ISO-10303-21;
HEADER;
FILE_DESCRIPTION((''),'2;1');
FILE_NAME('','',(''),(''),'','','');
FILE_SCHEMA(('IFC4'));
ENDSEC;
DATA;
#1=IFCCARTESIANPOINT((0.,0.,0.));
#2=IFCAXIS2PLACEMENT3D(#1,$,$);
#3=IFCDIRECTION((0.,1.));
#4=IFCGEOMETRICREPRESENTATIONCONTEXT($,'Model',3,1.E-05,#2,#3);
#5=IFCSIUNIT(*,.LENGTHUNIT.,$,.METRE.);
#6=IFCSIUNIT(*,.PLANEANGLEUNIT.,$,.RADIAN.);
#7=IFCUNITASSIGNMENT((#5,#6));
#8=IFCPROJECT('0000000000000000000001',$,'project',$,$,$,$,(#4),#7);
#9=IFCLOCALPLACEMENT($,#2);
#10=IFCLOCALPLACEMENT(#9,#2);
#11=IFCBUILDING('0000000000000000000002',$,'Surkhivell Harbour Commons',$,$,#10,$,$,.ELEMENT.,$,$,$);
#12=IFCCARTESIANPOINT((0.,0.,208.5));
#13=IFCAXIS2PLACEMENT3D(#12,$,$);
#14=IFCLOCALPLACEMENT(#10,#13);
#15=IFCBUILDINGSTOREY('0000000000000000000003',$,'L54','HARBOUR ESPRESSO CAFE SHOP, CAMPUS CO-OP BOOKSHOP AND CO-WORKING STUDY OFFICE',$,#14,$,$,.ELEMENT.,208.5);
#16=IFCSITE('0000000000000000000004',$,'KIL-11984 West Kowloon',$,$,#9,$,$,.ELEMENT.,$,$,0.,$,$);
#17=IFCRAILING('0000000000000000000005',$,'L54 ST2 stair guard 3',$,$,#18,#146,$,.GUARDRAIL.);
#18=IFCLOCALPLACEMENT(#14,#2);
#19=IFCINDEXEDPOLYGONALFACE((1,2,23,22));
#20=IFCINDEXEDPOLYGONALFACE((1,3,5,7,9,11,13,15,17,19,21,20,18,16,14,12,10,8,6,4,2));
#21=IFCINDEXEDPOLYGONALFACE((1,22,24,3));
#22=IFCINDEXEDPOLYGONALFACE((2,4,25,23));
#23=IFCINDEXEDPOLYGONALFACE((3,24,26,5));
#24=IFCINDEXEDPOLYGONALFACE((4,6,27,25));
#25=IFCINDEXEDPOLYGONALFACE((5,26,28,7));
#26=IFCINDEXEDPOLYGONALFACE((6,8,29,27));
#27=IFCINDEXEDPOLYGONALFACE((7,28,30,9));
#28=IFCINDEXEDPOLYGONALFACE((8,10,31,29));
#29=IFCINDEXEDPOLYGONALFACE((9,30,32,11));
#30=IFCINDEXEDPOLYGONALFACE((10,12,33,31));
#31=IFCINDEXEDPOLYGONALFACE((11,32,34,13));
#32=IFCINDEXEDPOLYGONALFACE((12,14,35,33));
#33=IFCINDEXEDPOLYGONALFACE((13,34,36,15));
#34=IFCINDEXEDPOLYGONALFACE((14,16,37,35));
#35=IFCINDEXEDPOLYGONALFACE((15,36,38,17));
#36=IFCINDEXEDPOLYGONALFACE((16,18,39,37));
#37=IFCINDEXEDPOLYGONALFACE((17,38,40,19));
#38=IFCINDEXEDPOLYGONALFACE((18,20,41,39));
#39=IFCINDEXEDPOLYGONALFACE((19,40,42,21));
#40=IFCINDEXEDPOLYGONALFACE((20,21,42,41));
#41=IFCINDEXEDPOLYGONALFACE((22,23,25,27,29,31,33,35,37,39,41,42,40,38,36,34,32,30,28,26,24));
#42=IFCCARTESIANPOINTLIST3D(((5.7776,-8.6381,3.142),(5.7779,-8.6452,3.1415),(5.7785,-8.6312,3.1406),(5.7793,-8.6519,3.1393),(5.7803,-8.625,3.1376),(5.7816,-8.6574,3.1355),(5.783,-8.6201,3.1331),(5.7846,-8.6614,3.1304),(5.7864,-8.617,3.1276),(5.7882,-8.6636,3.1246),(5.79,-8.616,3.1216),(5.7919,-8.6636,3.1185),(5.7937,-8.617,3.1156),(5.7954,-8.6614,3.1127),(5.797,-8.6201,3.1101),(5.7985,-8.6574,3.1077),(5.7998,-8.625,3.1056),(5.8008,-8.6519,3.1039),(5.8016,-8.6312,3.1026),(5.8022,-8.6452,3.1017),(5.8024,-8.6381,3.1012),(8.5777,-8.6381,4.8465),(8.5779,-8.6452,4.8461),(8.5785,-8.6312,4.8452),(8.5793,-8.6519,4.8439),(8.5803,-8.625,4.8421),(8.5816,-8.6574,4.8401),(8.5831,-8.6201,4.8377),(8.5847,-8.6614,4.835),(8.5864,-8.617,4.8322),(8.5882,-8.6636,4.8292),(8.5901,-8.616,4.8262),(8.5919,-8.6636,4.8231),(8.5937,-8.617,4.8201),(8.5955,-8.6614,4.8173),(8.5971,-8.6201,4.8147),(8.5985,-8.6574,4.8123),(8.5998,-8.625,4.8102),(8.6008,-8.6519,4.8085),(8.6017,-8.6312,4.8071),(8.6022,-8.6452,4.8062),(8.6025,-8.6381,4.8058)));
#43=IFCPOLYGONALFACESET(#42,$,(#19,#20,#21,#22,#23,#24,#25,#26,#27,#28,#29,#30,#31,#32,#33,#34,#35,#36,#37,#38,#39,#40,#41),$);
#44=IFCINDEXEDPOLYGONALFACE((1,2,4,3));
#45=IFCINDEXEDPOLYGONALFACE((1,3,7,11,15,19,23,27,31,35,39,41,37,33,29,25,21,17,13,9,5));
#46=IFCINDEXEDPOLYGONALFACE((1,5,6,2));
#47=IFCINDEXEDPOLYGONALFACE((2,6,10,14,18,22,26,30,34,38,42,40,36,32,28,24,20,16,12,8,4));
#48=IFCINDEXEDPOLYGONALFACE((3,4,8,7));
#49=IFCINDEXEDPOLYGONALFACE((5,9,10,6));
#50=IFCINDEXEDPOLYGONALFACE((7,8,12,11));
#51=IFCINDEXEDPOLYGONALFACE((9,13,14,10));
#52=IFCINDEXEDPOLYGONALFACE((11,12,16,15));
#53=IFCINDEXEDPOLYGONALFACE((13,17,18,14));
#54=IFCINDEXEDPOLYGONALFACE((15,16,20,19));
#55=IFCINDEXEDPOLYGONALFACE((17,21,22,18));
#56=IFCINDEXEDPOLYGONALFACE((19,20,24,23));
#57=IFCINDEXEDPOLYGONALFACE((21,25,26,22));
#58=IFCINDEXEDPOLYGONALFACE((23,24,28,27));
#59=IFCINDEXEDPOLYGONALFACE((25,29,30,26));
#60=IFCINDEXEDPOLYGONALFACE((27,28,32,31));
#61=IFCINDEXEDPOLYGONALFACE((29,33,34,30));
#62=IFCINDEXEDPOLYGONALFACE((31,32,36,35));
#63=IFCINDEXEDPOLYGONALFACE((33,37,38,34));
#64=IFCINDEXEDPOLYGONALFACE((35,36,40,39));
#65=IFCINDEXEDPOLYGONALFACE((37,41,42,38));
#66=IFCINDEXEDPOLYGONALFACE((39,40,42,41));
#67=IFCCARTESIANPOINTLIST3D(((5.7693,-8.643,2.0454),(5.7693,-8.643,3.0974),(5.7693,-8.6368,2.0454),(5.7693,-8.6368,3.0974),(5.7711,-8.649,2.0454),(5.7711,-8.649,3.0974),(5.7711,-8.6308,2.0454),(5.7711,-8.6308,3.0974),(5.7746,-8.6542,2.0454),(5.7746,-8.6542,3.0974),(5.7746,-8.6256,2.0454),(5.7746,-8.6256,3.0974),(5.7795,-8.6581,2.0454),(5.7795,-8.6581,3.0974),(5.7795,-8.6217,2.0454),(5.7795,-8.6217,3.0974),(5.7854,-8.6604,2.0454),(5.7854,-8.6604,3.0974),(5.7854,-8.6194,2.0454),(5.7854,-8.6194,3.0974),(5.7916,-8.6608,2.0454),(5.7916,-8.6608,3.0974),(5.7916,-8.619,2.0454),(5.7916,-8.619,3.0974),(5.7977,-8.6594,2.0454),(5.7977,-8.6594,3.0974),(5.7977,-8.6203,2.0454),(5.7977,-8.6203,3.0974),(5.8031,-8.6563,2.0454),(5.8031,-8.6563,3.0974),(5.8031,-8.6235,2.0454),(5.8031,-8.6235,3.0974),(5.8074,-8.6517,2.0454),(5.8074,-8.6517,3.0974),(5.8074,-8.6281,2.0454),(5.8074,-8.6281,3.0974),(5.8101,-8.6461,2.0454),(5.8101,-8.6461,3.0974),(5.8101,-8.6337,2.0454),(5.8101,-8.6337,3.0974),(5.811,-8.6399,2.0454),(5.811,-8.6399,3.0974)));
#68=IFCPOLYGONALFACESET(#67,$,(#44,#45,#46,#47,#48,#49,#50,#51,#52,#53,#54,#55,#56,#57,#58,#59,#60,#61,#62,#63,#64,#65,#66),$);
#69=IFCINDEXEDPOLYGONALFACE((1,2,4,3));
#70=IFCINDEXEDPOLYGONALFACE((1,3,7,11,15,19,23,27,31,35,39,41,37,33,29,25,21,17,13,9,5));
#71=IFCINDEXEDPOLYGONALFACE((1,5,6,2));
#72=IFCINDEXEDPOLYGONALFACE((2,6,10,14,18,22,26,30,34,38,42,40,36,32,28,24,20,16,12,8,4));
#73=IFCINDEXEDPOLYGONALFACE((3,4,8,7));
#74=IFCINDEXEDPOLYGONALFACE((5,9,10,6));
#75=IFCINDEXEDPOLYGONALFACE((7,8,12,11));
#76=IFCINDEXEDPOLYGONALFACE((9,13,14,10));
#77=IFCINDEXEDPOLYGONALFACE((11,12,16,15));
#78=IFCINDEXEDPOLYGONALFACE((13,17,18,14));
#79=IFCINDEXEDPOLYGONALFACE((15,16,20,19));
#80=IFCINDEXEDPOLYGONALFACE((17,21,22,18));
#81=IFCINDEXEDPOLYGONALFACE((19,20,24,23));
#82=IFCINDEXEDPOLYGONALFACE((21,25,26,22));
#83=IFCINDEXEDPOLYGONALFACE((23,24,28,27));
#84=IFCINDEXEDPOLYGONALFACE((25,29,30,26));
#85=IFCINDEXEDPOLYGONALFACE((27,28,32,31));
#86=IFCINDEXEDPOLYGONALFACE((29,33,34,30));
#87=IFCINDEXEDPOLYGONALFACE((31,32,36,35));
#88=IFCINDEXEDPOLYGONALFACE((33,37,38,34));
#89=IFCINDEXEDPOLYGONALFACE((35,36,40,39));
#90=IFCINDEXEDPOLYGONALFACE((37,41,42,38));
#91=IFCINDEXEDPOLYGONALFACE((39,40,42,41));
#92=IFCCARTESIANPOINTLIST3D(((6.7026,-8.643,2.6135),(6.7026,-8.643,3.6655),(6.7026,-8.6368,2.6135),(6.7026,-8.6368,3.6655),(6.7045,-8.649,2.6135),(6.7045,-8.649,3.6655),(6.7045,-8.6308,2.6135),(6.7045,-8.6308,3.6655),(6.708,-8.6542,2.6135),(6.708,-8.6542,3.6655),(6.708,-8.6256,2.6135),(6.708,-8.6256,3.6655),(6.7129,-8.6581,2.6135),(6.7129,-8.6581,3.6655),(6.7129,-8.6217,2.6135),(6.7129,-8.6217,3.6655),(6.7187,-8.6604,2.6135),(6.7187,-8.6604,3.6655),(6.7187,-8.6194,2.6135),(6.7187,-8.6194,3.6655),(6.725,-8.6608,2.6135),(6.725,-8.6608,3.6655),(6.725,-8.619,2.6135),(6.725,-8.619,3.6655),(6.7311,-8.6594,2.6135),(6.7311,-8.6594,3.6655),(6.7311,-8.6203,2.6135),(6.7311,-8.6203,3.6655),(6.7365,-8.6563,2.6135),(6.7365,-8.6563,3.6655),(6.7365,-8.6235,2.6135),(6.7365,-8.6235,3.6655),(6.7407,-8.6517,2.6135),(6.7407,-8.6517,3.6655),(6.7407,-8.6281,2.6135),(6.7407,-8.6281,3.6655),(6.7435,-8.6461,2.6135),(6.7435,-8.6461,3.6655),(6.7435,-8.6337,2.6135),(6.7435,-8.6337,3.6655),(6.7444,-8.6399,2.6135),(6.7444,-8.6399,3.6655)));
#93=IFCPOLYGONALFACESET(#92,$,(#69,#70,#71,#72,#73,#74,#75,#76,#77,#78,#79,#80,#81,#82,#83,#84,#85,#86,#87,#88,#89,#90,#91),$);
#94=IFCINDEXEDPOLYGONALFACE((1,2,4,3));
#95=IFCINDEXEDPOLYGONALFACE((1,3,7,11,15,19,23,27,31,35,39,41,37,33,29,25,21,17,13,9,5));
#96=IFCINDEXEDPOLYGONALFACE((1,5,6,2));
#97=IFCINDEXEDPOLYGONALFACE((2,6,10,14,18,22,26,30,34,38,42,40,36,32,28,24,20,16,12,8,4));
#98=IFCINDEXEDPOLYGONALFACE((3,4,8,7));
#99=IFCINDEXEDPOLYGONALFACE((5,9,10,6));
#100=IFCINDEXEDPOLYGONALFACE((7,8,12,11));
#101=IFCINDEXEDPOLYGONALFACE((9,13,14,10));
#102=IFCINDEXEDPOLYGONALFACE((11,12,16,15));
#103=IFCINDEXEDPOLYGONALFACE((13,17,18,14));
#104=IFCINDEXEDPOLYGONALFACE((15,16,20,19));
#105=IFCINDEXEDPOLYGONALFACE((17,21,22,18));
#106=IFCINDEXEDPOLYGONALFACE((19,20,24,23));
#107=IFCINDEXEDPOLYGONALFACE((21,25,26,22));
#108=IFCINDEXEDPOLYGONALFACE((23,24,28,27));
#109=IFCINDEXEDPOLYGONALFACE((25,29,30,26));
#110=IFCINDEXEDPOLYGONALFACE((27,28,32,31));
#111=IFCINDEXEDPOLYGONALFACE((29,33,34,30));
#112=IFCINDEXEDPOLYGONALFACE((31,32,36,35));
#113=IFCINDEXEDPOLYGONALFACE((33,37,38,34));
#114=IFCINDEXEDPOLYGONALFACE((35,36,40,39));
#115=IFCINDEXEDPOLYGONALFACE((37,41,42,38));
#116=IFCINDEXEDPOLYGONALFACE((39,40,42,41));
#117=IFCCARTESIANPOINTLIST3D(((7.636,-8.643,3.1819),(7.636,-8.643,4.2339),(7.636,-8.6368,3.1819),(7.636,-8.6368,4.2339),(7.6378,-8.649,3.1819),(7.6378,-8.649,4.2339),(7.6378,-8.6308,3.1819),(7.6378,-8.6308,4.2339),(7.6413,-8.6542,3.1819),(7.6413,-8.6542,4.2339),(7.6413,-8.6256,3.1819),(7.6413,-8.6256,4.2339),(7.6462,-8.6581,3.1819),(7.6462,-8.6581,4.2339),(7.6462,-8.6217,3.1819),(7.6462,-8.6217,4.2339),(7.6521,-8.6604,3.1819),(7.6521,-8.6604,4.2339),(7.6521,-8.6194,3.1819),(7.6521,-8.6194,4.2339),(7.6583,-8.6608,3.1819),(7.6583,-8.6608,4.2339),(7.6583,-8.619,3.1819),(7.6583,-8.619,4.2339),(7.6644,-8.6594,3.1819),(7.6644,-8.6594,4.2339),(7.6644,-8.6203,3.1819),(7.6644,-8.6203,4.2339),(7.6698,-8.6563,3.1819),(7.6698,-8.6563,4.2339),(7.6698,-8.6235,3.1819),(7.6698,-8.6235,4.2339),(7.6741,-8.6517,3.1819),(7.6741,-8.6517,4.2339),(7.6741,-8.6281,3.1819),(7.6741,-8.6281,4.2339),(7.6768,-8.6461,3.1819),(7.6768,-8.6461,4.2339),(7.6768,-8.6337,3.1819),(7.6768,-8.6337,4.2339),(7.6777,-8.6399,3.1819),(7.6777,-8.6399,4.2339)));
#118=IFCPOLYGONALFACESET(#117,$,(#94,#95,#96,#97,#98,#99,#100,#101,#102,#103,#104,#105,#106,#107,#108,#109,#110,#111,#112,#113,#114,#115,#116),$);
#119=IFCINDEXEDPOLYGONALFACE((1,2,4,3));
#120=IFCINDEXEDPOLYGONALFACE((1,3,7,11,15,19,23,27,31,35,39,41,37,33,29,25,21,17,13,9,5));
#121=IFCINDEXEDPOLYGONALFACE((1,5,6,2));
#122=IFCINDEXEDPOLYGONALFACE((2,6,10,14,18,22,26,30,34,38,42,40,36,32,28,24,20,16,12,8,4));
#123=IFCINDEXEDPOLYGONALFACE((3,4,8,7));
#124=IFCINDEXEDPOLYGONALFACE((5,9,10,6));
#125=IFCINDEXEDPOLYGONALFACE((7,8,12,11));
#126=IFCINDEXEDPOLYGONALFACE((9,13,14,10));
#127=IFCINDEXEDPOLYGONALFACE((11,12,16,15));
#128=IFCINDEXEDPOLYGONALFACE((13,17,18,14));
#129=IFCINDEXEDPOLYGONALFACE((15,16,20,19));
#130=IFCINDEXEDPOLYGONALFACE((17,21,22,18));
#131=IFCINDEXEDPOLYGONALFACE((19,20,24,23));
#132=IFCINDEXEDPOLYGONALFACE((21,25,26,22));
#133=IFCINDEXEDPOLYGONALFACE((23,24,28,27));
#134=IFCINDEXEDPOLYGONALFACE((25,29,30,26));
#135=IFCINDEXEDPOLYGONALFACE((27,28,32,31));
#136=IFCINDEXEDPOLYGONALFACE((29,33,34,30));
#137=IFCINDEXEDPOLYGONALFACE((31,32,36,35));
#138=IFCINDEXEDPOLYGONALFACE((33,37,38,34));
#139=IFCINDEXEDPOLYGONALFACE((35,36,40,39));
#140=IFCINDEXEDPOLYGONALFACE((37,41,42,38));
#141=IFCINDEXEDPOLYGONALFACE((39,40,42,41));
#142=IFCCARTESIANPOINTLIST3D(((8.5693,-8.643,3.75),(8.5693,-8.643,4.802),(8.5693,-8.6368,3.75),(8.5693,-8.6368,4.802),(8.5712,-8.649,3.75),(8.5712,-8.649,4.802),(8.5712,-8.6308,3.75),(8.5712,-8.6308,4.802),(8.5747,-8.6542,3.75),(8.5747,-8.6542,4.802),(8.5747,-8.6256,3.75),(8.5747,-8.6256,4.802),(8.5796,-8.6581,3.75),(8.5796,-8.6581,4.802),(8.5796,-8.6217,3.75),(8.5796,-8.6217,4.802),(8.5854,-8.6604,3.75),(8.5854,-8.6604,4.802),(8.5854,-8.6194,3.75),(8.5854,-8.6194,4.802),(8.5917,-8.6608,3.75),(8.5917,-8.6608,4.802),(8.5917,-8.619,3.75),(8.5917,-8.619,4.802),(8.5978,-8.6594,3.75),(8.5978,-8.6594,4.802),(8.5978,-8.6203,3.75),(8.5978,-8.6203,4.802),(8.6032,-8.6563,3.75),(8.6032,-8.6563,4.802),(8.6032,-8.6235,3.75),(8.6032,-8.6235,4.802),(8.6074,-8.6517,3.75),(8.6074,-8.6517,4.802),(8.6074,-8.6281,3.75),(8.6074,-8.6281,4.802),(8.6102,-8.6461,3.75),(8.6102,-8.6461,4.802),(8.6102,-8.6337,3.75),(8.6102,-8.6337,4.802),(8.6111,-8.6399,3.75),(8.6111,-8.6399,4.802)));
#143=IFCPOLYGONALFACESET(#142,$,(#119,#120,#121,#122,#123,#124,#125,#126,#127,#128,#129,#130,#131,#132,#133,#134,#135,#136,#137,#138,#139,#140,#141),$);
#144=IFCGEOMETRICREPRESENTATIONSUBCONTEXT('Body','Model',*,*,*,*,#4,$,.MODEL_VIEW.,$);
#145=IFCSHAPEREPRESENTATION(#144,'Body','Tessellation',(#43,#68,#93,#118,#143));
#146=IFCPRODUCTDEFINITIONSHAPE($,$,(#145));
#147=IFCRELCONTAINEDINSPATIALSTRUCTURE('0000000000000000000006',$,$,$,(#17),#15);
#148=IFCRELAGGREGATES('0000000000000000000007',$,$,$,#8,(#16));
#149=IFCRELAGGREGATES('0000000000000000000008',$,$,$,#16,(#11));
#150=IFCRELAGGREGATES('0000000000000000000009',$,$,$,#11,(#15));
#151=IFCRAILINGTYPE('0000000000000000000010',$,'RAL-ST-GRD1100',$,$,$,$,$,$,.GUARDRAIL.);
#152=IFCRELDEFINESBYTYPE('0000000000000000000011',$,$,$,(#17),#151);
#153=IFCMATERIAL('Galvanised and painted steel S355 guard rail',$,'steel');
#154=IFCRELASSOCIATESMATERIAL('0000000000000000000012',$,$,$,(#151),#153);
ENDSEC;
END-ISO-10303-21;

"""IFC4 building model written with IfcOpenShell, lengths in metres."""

from ifc_helpers import new_model, si_unit, direction, frame, origin, origin_2d, place, context, subcontext, project, spatial, circle, extrude, material, type_object, element, save


model = new_model("IFC4")

# Units and contexts
model_context = context("Model", 3, precision=1e-05, world=origin(), true_north=direction((0.0, 1.0)))
body_context = subcontext(model_context, "Body", "Model", "MODEL_VIEW")
ifc_project = project(units=[si_unit("LENGTHUNIT", "METRE"), si_unit("PLANEANGLEUNIT", "RADIAN")], contexts=[model_context])

# Site, building, storey
site_placement = place(None, origin())
site = spatial("IfcSite", under=ifc_project, at=site_placement, Name="KIL-11984 West Kowloon", CompositionType="ELEMENT", RefElevation=0.0)
building_placement = place(site_placement, origin())
building = spatial("IfcBuilding", under=site, at=building_placement, Name="Surkhivell Harbour Commons", CompositionType="ELEMENT")
storey_placement = place(building_placement, frame((0.0, 0.0, 208.5)))
storey = spatial("IfcBuildingStorey", under=building, at=storey_placement, Name="L54", Description="HARBOUR ESPRESSO CAFE SHOP, CAMPUS CO-OP BOOKSHOP AND CO-WORKING STUDY OFFICE", CompositionType="ELEMENT", Elevation=208.5)

# Railing
ifc_material_1 = material(Name="Galvanised and painted steel S355 guard rail", Category="steel")
railing_type_1 = type_object("IfcRailingType", Name="RAL-ST-GRD1100", PredefinedType="GUARDRAIL", material=ifc_material_1)
railing_1_placement = place(storey_placement, frame((5.79, -8.6399, 2.0454)))
element("IfcRailing", 1, at=railing_1_placement, inside=storey, type_object=railing_type_1, Name="L54 ST2 stair guard 3", PredefinedType="GUARDRAIL", context=body_context, shape_type="SweptSolid", body=[
    extrude(circle(Radius=0.0239, at=origin_2d()), frame((0.0, 0.0, 1.0762), z_axis=(0.85417, 0.0, 0.519994), x_axis=(0.0, 1.0, 0.0)), (0.0, 0.0, 1.0), 3.2781),
    extrude(circle(Radius=0.021, at=origin_2d()), origin(), (0.0, 0.0, 1.0), 1.052),
    extrude(circle(Radius=0.021, at=origin_2d()), frame((0.9333, 0.0, 0.5681)), (0.0, 0.0, 1.0), 1.052),
    extrude(circle(Radius=0.021, at=origin_2d()), frame((1.8667, 0.0, 1.1365)), (0.0, 0.0, 1.0), 1.052),
    extrude(circle(Radius=0.021, at=origin_2d()), frame((2.8, 0.0, 1.7046)), (0.0, 0.0, 1.0), 1.052),
])

save(model, "model.ifc")
